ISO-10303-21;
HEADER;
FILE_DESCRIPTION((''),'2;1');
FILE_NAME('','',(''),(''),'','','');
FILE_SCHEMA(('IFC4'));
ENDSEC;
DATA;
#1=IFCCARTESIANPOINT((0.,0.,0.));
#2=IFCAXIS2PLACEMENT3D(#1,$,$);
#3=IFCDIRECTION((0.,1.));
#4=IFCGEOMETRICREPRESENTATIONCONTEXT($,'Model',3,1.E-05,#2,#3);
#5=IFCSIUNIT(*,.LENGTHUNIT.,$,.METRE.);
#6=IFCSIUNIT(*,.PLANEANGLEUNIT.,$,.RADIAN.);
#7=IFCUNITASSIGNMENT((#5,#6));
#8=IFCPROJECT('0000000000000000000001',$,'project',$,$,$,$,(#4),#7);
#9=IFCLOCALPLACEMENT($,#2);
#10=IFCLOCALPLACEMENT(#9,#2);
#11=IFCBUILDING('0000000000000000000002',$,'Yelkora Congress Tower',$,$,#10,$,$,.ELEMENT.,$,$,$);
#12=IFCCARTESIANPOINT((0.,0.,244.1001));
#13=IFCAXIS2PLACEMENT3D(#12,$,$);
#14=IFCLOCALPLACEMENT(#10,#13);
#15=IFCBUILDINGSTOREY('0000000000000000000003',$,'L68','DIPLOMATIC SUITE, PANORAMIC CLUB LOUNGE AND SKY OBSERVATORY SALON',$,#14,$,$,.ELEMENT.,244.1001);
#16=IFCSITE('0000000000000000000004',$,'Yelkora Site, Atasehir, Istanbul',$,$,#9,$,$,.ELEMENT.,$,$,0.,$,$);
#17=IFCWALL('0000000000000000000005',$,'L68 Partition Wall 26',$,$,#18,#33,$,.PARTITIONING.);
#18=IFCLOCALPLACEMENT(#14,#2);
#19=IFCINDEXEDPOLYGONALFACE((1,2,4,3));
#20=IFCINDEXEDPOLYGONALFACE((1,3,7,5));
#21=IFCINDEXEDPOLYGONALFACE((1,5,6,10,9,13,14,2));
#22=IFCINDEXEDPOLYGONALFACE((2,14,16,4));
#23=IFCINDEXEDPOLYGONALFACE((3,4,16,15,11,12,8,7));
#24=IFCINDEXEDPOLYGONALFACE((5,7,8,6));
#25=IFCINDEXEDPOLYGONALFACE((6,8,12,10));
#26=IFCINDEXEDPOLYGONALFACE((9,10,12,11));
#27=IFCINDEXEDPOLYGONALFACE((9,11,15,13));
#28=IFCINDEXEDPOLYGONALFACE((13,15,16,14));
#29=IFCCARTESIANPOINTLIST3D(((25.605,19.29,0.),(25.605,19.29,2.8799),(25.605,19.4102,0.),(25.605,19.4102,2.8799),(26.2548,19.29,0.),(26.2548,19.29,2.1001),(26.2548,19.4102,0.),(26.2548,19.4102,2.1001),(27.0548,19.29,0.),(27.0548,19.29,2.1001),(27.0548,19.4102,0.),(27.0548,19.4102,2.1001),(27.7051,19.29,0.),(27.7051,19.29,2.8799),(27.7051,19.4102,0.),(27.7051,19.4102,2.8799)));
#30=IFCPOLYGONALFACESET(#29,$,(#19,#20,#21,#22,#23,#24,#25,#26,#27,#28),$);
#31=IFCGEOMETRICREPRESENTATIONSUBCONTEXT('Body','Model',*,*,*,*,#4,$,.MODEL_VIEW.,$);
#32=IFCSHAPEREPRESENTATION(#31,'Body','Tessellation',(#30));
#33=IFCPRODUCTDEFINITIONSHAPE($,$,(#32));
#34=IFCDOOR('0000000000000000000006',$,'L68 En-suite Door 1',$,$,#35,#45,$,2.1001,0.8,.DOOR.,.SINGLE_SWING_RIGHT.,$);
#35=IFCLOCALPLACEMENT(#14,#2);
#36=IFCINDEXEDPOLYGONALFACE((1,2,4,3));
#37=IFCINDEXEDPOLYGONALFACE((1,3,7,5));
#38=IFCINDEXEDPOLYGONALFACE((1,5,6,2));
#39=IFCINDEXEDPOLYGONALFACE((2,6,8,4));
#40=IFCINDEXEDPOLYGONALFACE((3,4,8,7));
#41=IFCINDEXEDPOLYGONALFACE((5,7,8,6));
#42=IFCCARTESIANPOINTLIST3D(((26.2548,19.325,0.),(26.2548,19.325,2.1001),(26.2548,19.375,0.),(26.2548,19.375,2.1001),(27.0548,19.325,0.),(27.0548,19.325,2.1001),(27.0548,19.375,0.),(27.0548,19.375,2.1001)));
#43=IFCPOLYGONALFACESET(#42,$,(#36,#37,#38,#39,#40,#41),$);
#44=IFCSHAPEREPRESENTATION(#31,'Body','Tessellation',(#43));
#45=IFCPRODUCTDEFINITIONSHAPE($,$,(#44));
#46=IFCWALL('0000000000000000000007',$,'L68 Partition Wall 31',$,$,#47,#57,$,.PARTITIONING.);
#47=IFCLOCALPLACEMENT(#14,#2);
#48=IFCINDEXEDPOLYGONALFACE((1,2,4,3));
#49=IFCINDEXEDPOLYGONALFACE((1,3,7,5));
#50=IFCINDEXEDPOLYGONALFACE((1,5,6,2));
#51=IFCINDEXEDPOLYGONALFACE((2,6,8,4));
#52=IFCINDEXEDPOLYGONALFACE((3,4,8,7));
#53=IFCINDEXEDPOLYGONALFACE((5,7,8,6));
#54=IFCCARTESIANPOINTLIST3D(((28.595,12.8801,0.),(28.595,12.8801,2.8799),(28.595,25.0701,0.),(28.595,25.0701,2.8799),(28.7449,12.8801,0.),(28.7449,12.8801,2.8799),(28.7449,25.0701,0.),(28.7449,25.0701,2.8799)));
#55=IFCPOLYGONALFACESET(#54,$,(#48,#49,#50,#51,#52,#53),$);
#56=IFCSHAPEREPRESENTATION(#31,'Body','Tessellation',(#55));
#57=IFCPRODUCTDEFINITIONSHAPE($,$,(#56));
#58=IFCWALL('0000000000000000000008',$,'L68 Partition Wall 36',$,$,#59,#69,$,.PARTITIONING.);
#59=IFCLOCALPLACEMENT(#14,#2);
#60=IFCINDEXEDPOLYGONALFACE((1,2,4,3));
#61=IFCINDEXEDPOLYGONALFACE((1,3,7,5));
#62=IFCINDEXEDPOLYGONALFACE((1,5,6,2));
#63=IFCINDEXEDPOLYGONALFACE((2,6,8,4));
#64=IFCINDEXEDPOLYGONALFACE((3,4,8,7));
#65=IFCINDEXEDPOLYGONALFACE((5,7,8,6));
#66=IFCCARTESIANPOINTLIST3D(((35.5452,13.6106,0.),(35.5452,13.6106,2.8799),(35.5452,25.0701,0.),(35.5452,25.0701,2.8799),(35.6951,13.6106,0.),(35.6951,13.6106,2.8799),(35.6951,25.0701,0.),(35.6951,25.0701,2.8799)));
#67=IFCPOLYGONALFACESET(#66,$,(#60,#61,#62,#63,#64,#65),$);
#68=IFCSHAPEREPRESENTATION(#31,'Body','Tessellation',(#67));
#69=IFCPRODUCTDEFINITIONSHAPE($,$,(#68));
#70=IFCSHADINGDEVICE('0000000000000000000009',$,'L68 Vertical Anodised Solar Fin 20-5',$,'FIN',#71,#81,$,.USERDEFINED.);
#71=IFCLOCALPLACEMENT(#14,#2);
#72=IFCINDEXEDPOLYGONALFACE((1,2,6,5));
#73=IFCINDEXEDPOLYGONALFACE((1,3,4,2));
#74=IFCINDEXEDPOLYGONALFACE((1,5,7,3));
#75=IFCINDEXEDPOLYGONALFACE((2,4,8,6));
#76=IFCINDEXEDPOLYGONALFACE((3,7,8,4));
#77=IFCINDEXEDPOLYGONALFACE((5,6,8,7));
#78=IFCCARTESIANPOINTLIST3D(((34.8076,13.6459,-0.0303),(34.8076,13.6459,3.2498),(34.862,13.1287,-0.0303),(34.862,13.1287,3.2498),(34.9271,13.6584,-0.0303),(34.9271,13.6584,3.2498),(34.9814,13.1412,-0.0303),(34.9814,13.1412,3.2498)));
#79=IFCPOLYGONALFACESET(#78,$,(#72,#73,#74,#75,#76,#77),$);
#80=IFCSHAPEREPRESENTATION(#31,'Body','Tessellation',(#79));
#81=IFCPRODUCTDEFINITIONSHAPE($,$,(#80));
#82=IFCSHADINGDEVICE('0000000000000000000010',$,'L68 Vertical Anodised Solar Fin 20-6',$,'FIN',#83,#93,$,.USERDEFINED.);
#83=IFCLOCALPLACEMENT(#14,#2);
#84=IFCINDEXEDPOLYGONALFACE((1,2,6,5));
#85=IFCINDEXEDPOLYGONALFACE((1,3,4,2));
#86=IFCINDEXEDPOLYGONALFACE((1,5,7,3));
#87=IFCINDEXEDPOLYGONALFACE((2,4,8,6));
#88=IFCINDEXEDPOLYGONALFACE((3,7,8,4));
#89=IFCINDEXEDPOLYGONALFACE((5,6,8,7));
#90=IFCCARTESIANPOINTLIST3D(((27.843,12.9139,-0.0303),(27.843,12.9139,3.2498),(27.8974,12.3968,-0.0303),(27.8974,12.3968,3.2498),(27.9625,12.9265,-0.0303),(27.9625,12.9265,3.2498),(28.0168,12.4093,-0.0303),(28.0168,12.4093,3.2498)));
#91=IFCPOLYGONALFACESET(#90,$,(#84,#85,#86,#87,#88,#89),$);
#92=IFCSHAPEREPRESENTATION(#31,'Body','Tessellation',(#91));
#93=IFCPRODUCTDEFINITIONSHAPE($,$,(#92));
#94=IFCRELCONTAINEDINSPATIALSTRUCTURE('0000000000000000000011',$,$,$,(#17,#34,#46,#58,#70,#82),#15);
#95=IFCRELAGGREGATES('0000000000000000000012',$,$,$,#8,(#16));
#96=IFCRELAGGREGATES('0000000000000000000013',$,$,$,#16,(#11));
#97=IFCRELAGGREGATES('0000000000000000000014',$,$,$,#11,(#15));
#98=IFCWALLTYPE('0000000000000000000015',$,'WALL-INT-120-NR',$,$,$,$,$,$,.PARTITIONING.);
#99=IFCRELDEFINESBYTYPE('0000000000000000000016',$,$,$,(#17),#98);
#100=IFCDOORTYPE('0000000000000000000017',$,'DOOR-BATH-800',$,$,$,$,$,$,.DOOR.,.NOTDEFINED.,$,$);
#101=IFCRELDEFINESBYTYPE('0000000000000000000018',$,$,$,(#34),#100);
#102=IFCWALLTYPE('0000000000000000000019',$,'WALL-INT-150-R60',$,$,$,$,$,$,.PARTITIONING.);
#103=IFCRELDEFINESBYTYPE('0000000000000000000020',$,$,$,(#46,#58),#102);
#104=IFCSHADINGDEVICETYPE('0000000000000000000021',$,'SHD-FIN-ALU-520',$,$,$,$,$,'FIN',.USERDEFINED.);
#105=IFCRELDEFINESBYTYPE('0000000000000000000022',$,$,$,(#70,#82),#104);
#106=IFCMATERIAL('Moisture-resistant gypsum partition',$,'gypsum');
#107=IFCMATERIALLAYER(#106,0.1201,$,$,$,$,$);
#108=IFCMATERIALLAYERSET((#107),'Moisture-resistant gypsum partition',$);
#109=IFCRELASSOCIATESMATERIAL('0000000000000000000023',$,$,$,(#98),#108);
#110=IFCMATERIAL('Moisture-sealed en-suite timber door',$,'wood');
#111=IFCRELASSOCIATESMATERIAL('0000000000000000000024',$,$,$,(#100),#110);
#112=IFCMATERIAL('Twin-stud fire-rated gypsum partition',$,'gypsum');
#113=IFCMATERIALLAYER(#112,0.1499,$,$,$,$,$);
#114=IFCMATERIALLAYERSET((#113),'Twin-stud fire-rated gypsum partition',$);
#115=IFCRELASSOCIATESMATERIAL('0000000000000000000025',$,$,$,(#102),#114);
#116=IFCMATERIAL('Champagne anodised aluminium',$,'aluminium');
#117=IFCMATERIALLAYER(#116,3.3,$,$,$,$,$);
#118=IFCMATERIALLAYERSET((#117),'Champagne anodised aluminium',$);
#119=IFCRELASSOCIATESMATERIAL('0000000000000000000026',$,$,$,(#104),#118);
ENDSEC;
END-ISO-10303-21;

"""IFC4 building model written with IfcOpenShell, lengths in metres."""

from ifc_helpers import new_model, si_unit, direction, frame, frame_2d, origin, origin_2d, place, context, subcontext, project, spatial, rectangle, extrude, material, layer, layer_set, type_object, element, fill, save


model = new_model("IFC4")

# Units and contexts
model_context = context("Model", 3, precision=1e-05, world=origin(), true_north=direction((0.0, 1.0)))
body_context = subcontext(model_context, "Body", "Model", "MODEL_VIEW")
ifc_project = project(units=[si_unit("LENGTHUNIT", "METRE"), si_unit("PLANEANGLEUNIT", "RADIAN")], contexts=[model_context])

# Site, building, storey
site_placement = place(None, origin())
site = spatial("IfcSite", under=ifc_project, at=site_placement, Name="Yelkora Site, Atasehir, Istanbul", CompositionType="ELEMENT", RefElevation=0.0)
building_placement = place(site_placement, origin())
building = spatial("IfcBuilding", under=site, at=building_placement, Name="Yelkora Congress Tower", CompositionType="ELEMENT")
storey_placement = place(building_placement, frame((0.0, 0.0, 244.1001)))
storey = spatial("IfcBuildingStorey", under=building, at=storey_placement, Name="L68", Description="DIPLOMATIC SUITE, PANORAMIC CLUB LOUNGE AND SKY OBSERVATORY SALON", CompositionType="ELEMENT", Elevation=244.1001)

# Shared definitions
ifc_material_1 = material(Name="Moisture-resistant gypsum partition", Category="gypsum")
ifc_layer_1 = layer(ifc_material_1, 0.1201)
ifc_layer_set_1 = layer_set([ifc_layer_1], Name="Moisture-resistant gypsum partition")
wall_type_1 = type_object("IfcWallType", Name="WALL-INT-120-NR", PredefinedType="PARTITIONING", material=ifc_layer_set_1)

# Wall, opening, door
wall_1_placement = place(storey_placement, frame((25.605, 19.3501, 0.0), z_axis=(0.0, 0.0, 1.0), x_axis=(1.0, 0.0, 0.0)))
wall_1 = element("IfcWall", 1, at=wall_1_placement, inside=storey, type_object=wall_type_1, Name="L68 Partition Wall 26", PredefinedType="PARTITIONING", context=body_context, shape_type="SweptSolid", body=[
    extrude(rectangle(XDim=2.1001, YDim=0.1201, at=frame_2d((1.05, 0.0))), origin(), (0.0, 0.0, 1.0), 2.8799),
])
opening_placement = place(wall_1_placement, frame((0.6499, 0.0, 0.0)))
opening = element("IfcOpeningElement", 2, at=opening_placement, cuts=wall_1, PredefinedType="OPENING", context=body_context, shape_type="SweptSolid", body=[
    extrude(rectangle(XDim=0.8, YDim=2.1001, at=frame_2d((0.3999, 1.05))), frame((0.0, 0.0701, 0.0), z_axis=(0.0, -1.0, 0.0), x_axis=(1.0, 0.0, 0.0)), (0.0, 0.0, 1.0), 0.1401),
])
ifc_material_2 = material(Name="Moisture-sealed en-suite timber door", Category="wood")
door_type = type_object("IfcDoorType", Name="DOOR-BATH-800", OperationType="NOTDEFINED", PredefinedType="DOOR", material=ifc_material_2)
door_placement = place(opening_placement, origin())
door = element("IfcDoor", 3, at=door_placement, inside=storey, type_object=door_type, Name="L68 En-suite Door 1", OperationType="SINGLE_SWING_RIGHT", OverallHeight=2.1001, OverallWidth=0.8, PredefinedType="DOOR", context=body_context, shape_type="SweptSolid", body=[
    extrude(rectangle(XDim=0.8, YDim=2.1001, at=frame_2d((0.3999, 1.05))), frame((0.0, 0.0249, 0.0), z_axis=(0.0, -1.0, 0.0), x_axis=(1.0, 0.0, 0.0)), (0.0, 0.0, 1.0), 0.05),
])
fill(opening, door)

# Walls
ifc_material_3 = material(Name="Twin-stud fire-rated gypsum partition", Category="gypsum")
ifc_layer_2 = layer(ifc_material_3, 0.1499)
ifc_layer_set_2 = layer_set([ifc_layer_2], Name="Twin-stud fire-rated gypsum partition")
wall_type_2 = type_object("IfcWallType", Name="WALL-INT-150-R60", PredefinedType="PARTITIONING", material=ifc_layer_set_2)
wall_2_placement = place(storey_placement, frame((28.6699, 12.8801, 0.0), z_axis=(0.0, 0.0, 1.0), x_axis=(0.0, 1.0, 0.0)))
element("IfcWall", 4, at=wall_2_placement, inside=storey, type_object=wall_type_2, Name="L68 Partition Wall 31", PredefinedType="PARTITIONING", context=body_context, shape_type="SweptSolid", body=[
    extrude(rectangle(XDim=12.1899, YDim=0.1499, at=frame_2d((6.095, 0.0))), origin(), (0.0, 0.0, 1.0), 2.8799),
])
wall_3_placement = place(storey_placement, frame((35.6201, 13.6106, 0.0), z_axis=(0.0, 0.0, 1.0), x_axis=(0.0, 1.0, 0.0)))
element("IfcWall", 5, at=wall_3_placement, inside=storey, type_object=wall_type_2, Name="L68 Partition Wall 36", PredefinedType="PARTITIONING", context=body_context, shape_type="SweptSolid", body=[
    extrude(rectangle(XDim=11.4595, YDim=0.1499, at=frame_2d((5.7297, 0.0))), origin(), (0.0, 0.0, 1.0), 2.8799),
])

# Shading devices
ifc_material_4 = material(Name="Champagne anodised aluminium", Category="aluminium")
ifc_layer_3 = layer(ifc_material_4, 3.3)
ifc_layer_set_3 = layer_set([ifc_layer_3], Name="Champagne anodised aluminium")
shading_device_type = type_object("IfcShadingDeviceType", Name="SHD-FIN-ALU-520", ElementType="FIN", PredefinedType="USERDEFINED", material=ifc_layer_set_3)
for number, where, z_axis, x_axis, name in (
    (6, (34.8945, 13.3936, -0.0303), (0.0, 0.0, 1.0), (-0.994522, -0.104528, 0.0), "L68 Vertical Anodised Solar Fin 20-5"),
    (7, (27.9299, 12.6616, -0.0303), (0.0, 0.0, 1.0), (-0.994522, -0.104528, 0.0), "L68 Vertical Anodised Solar Fin 20-6"),
):
    element("IfcShadingDevice", number, at=place(storey_placement, frame(where, z_axis=z_axis, x_axis=x_axis)), inside=storey, type_object=shading_device_type, Name=name, ObjectType="FIN", PredefinedType="USERDEFINED", context=body_context, shape_type="SweptSolid", body=[
        extrude(rectangle(XDim=0.1201, YDim=0.52, at=origin_2d()), origin(), (0.0, 0.0, 1.0), 3.28),
    ])

save(model, "model.ifc")
